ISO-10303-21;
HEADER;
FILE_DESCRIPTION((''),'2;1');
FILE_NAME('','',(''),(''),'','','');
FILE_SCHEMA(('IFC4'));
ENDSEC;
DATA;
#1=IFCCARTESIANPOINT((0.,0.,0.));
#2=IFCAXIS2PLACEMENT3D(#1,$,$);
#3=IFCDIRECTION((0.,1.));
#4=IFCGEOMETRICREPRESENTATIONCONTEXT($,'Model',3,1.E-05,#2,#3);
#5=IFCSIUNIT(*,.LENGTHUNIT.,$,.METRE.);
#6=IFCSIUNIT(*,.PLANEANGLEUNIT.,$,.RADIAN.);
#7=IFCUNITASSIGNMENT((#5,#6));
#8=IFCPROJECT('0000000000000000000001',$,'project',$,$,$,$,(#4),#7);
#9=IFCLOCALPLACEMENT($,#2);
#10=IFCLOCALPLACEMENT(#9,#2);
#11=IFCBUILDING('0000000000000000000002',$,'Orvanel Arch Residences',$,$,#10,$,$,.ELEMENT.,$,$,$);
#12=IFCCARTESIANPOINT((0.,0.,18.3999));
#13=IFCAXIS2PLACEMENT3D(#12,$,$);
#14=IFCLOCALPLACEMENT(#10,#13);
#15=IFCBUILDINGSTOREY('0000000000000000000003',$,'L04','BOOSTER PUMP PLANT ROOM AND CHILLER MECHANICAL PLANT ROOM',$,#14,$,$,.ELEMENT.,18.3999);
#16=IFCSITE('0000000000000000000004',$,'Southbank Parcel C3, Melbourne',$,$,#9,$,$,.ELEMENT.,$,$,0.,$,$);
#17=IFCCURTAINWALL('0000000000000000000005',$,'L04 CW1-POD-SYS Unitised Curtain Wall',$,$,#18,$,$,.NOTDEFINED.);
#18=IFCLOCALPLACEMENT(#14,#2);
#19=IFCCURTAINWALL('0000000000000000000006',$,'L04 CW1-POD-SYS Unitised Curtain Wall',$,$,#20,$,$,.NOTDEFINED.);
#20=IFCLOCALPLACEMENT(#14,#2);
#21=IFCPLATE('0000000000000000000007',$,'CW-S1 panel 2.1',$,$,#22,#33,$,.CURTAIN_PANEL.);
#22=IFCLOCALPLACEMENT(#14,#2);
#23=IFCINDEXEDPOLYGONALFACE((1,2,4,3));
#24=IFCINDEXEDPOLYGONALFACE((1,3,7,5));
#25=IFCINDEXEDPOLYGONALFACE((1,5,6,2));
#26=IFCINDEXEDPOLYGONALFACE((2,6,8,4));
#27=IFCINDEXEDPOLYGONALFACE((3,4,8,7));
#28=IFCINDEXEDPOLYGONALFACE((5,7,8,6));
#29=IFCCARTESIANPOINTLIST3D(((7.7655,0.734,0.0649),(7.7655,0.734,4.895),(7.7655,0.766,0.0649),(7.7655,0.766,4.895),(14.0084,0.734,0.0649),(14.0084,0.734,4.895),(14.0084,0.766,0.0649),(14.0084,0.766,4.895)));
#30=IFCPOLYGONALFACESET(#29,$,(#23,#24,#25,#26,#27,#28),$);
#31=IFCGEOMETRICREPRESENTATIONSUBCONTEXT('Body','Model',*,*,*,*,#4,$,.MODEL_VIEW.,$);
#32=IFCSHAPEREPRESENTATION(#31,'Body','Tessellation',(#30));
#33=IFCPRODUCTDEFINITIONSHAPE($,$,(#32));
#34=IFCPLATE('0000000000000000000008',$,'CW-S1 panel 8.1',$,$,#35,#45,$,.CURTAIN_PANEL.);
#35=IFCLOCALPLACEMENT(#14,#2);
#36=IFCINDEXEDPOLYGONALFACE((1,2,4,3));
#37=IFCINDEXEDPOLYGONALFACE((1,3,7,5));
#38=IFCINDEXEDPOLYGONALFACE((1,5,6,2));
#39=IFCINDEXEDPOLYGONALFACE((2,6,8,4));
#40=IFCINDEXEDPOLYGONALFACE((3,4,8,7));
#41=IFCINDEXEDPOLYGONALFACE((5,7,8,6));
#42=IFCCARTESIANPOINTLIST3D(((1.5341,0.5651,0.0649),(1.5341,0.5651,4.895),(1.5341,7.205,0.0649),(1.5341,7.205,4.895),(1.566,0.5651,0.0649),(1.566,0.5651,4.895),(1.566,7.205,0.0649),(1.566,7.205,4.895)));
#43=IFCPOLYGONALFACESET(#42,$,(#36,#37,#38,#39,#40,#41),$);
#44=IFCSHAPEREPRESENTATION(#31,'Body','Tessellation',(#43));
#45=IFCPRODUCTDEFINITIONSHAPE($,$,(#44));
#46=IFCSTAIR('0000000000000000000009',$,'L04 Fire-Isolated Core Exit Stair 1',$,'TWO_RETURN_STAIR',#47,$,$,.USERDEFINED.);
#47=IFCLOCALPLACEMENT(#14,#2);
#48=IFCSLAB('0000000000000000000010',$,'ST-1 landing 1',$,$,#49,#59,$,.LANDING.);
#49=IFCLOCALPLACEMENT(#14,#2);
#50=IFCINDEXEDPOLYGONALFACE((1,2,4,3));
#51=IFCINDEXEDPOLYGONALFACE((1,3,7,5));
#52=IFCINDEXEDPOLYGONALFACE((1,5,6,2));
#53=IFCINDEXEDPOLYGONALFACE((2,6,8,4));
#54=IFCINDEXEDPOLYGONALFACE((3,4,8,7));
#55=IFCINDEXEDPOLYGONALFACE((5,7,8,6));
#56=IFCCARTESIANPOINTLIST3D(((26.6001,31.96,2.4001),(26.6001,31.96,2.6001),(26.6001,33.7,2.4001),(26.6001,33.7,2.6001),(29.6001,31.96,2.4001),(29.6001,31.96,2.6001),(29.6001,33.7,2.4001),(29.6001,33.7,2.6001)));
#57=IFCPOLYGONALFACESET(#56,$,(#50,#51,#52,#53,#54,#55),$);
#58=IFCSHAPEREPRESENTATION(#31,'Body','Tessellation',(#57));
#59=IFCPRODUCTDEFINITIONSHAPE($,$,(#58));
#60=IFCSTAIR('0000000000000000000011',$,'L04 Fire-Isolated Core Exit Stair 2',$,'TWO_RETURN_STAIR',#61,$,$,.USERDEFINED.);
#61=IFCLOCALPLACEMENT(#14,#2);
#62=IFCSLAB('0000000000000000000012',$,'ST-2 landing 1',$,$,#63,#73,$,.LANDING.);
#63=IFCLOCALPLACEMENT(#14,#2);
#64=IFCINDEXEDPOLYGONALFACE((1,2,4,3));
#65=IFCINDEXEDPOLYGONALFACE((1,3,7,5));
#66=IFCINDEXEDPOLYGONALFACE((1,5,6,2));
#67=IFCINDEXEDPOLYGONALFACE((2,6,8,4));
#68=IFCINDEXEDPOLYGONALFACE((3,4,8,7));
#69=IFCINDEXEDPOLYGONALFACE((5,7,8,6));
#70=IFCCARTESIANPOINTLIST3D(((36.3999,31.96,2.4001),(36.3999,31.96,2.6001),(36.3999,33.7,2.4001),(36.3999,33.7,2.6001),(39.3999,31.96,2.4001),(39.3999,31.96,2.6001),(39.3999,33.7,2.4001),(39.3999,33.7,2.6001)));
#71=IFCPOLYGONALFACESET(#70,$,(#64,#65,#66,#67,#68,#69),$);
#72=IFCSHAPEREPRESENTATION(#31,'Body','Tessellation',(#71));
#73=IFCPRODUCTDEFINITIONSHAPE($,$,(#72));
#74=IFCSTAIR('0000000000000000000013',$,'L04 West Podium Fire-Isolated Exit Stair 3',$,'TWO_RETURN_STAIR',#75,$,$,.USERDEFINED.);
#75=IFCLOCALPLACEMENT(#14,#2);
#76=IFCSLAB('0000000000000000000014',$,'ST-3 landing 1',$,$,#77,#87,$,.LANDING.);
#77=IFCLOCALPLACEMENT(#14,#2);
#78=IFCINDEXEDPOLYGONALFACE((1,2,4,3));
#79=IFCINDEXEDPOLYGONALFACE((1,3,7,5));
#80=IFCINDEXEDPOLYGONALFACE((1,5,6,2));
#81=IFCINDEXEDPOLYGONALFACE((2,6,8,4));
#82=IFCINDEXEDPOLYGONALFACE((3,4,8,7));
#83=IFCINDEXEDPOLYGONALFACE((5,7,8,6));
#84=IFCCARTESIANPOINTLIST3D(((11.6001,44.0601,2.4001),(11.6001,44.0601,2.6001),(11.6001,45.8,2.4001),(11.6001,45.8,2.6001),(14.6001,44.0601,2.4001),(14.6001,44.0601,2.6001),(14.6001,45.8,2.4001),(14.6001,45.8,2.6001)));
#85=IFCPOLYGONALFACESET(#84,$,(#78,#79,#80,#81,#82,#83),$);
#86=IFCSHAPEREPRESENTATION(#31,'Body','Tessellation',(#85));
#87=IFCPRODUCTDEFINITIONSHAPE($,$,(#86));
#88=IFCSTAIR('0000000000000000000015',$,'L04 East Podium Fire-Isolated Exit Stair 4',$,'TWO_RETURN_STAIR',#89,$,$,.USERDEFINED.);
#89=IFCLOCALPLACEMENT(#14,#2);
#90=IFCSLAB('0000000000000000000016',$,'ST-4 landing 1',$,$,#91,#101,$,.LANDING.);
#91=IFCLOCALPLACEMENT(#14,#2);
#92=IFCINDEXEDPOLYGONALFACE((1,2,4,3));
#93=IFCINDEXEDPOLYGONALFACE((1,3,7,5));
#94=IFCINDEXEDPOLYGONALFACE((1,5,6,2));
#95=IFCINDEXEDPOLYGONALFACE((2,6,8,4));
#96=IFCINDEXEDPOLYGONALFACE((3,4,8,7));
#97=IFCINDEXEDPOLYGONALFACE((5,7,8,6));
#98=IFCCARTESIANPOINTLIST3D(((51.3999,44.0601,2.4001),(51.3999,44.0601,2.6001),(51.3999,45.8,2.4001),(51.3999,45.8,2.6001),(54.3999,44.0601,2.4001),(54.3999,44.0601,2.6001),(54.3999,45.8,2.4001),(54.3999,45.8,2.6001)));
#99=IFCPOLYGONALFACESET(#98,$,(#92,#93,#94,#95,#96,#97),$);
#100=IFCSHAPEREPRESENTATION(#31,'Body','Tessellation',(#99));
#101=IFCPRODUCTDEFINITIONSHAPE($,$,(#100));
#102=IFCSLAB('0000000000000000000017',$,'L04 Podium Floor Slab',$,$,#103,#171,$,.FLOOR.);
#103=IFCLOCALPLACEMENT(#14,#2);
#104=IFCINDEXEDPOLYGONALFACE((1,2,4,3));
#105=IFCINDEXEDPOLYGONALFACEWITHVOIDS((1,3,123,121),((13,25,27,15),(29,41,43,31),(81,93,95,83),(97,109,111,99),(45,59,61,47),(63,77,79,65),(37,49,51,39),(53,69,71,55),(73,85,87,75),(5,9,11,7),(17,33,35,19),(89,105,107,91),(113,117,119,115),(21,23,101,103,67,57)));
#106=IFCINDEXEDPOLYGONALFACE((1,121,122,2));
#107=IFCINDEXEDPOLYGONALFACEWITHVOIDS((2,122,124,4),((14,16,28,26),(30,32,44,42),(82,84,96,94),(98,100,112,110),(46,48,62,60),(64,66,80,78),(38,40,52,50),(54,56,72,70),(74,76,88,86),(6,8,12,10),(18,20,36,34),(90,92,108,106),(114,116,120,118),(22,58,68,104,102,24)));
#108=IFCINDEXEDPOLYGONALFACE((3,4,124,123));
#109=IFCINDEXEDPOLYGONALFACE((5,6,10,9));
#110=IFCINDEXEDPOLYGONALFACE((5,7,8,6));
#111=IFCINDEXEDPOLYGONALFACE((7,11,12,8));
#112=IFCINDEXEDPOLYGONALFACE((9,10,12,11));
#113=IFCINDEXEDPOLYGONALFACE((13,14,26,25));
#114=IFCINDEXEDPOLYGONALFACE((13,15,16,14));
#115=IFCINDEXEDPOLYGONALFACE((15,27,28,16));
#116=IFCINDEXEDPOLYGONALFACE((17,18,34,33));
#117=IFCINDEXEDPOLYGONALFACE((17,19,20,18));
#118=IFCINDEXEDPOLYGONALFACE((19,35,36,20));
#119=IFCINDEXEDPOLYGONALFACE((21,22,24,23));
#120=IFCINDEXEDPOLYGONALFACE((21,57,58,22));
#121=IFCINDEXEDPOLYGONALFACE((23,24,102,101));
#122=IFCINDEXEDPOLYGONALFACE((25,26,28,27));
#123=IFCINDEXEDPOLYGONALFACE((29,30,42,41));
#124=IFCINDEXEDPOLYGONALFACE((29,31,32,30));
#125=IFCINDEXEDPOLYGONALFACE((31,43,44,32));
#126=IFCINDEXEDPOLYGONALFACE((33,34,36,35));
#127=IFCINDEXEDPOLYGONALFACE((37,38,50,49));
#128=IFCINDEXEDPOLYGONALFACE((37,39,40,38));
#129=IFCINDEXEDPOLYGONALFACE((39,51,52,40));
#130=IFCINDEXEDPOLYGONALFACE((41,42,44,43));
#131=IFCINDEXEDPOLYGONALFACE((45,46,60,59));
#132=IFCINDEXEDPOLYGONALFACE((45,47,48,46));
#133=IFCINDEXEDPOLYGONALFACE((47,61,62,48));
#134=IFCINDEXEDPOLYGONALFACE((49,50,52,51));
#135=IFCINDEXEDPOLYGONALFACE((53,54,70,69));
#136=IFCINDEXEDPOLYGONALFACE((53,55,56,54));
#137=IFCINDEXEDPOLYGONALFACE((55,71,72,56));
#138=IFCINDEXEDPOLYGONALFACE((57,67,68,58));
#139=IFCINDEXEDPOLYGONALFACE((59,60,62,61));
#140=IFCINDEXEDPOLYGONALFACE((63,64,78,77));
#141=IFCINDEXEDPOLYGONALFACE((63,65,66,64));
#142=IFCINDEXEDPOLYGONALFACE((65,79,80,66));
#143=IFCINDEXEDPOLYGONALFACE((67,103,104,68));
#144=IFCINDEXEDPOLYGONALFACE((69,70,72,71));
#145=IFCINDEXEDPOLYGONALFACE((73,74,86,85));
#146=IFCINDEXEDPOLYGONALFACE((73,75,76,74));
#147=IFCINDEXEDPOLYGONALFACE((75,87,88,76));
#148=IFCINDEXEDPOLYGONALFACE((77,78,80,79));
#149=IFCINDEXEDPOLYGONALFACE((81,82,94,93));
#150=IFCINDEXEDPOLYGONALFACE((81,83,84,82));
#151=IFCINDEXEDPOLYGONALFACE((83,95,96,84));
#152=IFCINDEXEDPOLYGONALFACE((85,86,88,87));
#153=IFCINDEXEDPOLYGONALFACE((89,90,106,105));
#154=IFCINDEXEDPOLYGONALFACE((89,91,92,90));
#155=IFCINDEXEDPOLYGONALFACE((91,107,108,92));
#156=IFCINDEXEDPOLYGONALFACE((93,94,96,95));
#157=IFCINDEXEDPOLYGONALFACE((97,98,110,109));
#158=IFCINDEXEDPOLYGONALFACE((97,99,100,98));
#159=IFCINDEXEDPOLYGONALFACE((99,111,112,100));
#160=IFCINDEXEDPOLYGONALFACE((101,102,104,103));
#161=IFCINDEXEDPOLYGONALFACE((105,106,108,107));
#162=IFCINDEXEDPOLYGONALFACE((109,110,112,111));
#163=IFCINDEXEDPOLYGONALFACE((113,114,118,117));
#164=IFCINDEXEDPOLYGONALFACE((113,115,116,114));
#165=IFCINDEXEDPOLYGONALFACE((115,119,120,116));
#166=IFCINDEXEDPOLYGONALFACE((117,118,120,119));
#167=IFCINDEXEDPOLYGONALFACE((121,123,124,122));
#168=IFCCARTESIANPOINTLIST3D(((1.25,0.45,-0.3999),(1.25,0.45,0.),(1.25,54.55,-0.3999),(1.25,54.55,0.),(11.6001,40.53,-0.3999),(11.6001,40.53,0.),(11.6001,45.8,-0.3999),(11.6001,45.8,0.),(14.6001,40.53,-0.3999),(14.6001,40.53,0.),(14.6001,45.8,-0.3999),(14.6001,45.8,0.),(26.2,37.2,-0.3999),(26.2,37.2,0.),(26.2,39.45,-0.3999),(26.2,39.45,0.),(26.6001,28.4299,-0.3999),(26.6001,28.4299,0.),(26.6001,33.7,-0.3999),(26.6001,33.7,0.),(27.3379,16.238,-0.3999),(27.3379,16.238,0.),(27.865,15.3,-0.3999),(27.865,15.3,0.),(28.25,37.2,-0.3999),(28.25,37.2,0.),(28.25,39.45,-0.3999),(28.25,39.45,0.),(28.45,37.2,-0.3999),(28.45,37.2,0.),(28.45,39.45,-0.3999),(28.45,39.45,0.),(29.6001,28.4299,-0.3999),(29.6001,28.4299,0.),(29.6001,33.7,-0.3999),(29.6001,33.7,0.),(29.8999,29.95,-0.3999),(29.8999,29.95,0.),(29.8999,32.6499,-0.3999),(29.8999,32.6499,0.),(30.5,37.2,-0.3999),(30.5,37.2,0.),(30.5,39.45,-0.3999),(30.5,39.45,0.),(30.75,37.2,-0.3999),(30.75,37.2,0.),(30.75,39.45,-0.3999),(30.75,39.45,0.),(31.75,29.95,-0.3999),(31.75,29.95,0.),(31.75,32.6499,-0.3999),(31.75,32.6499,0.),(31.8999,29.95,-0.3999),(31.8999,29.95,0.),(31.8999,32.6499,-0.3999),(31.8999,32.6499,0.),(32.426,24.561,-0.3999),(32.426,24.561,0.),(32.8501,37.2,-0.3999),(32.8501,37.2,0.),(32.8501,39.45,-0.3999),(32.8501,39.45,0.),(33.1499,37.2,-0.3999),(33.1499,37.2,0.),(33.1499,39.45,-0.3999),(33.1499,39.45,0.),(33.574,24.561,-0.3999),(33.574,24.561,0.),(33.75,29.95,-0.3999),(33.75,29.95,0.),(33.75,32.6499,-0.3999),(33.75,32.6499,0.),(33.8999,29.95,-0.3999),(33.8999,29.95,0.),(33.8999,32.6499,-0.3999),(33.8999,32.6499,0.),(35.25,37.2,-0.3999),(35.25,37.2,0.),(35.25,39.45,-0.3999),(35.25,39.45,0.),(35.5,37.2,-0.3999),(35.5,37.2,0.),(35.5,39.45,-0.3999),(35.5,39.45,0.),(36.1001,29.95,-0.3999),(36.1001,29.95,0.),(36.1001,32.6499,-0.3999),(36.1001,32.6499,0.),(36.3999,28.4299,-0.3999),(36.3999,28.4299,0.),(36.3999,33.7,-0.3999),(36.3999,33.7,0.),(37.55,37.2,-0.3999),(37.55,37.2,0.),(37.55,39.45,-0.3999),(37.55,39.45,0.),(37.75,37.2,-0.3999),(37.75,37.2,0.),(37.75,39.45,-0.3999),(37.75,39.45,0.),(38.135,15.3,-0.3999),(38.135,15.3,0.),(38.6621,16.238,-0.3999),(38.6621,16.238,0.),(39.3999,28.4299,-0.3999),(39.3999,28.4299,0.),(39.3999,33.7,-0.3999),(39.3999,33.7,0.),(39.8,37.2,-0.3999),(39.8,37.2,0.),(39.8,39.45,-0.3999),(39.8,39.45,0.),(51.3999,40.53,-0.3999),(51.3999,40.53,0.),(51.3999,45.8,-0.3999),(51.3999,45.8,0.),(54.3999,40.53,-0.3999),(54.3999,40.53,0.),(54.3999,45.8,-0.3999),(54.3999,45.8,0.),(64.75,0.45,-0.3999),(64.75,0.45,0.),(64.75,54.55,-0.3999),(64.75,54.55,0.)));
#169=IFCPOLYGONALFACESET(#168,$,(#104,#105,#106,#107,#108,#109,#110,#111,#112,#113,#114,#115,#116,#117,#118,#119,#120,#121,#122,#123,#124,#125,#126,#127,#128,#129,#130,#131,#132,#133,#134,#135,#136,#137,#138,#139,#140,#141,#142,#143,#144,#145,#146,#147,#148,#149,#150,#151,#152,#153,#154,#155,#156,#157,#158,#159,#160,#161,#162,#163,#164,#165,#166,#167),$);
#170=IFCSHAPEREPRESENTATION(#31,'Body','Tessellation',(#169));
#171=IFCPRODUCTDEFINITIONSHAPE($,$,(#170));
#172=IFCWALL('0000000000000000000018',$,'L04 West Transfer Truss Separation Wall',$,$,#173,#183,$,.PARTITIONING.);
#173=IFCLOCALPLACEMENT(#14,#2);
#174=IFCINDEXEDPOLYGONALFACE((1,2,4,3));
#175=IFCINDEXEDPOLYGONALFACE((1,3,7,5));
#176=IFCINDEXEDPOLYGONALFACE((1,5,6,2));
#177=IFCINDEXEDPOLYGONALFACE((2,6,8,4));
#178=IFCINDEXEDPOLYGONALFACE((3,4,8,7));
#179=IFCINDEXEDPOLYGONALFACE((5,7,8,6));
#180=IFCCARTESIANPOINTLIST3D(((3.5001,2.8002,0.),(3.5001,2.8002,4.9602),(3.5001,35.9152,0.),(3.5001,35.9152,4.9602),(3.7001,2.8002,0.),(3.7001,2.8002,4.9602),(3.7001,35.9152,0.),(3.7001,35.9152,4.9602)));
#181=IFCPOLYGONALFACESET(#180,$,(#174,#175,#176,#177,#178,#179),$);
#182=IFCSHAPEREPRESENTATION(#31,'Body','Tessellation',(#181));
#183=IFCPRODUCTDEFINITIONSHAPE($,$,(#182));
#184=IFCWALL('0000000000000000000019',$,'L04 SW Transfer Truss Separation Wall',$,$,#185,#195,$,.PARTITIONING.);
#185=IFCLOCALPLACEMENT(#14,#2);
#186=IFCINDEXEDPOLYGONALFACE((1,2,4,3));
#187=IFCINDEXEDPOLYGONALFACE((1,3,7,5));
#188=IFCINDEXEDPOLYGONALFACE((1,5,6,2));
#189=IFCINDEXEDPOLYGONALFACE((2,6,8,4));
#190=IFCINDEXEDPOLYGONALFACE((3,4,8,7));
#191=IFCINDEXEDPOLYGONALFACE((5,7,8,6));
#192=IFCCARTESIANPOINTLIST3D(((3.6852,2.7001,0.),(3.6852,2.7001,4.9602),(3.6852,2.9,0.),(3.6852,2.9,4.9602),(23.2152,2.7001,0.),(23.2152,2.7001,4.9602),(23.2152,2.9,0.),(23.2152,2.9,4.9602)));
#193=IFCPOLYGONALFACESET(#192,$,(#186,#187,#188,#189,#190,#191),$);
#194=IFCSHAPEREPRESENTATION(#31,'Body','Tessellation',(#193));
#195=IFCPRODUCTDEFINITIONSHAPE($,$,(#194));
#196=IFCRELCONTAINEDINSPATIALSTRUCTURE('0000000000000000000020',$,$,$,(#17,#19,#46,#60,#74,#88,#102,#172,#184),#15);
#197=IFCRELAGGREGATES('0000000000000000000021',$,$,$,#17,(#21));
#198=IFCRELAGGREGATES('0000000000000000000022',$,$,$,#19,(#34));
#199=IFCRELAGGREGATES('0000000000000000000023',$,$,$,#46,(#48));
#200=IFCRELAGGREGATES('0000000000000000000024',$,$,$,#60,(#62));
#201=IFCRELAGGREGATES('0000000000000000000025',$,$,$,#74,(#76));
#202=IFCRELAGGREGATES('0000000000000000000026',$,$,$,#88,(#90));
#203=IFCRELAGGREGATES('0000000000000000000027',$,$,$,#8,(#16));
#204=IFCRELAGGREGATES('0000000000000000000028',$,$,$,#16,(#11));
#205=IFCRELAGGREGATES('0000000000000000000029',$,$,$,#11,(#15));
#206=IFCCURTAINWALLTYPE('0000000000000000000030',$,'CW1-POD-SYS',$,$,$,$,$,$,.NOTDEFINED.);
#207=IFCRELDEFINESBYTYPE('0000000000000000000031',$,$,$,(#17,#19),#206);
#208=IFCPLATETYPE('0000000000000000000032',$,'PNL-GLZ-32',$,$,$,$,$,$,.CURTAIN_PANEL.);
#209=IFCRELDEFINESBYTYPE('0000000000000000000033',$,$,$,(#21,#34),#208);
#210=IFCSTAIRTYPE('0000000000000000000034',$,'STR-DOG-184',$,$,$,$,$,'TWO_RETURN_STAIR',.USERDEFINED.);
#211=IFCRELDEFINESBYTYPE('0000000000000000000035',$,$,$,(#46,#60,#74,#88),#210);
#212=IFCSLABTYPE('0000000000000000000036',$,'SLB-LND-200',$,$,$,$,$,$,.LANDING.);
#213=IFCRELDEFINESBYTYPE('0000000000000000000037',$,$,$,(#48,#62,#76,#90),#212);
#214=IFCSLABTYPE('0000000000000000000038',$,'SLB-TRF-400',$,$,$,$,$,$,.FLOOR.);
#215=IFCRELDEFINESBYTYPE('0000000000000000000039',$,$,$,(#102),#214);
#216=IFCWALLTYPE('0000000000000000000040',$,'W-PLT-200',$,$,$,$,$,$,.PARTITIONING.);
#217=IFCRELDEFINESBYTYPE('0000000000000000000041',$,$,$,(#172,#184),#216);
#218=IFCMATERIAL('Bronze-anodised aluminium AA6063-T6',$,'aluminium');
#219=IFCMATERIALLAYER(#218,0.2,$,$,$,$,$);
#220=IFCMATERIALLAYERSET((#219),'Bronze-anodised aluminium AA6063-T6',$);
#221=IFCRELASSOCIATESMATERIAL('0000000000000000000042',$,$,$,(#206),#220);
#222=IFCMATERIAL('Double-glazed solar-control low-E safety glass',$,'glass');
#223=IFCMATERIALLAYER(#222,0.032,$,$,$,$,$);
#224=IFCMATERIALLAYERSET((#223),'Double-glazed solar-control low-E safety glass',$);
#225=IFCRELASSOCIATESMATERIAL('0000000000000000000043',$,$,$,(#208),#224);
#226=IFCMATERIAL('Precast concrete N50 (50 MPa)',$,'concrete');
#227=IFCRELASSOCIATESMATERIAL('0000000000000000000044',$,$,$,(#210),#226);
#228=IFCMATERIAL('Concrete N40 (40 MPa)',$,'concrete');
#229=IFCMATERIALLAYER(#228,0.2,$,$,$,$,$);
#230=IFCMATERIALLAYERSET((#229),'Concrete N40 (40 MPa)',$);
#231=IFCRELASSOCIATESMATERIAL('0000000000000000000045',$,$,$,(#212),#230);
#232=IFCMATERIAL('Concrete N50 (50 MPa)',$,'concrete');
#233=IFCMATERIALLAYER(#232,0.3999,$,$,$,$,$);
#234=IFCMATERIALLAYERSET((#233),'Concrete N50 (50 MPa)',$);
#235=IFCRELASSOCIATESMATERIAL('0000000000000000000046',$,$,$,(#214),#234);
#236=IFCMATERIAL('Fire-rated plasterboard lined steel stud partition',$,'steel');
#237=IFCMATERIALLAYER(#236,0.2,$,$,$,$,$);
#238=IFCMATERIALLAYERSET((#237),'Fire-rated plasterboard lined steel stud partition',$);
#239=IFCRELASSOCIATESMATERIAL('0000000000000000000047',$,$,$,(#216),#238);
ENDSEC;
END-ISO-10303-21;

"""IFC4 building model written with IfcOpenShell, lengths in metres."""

from ifc_helpers import new_model, si_unit, direction, frame, frame_2d, origin, origin_2d, place, context, subcontext, project, spatial, polyline, rectangle, outline, extrude, material, layer, layer_set, type_object, element, aggregate, save


model = new_model("IFC4")

# Units and contexts
model_context = context("Model", 3, precision=1e-05, world=origin(), true_north=direction((0.0, 1.0)))
body_context = subcontext(model_context, "Body", "Model", "MODEL_VIEW")
ifc_project = project(units=[si_unit("LENGTHUNIT", "METRE"), si_unit("PLANEANGLEUNIT", "RADIAN")], contexts=[model_context])

# Site, building, storey
site_placement = place(None, origin())
site = spatial("IfcSite", under=ifc_project, at=site_placement, Name="Southbank Parcel C3, Melbourne", CompositionType="ELEMENT", RefElevation=0.0)
building_placement = place(site_placement, origin())
building = spatial("IfcBuilding", under=site, at=building_placement, Name="Orvanel Arch Residences", CompositionType="ELEMENT")
storey_placement = place(building_placement, frame((0.0, 0.0, 18.3999)))
storey = spatial("IfcBuildingStorey", under=building, at=storey_placement, Name="L04", Description="BOOSTER PUMP PLANT ROOM AND CHILLER MECHANICAL PLANT ROOM", CompositionType="ELEMENT", Elevation=18.3999)

# Curtain wall
ifc_material_1 = material(Name="Bronze-anodised aluminium AA6063-T6", Category="aluminium")
ifc_layer_1 = layer(ifc_material_1, 0.2)
ifc_layer_set_1 = layer_set([ifc_layer_1], Name="Bronze-anodised aluminium AA6063-T6")
curtain_wall_type = type_object("IfcCurtainWallType", Name="CW1-POD-SYS", PredefinedType="NOTDEFINED", material=ifc_layer_set_1)
curtain_wall_1_placement = place(storey_placement, origin())
curtain_wall_1 = element("IfcCurtainWall", 1, at=curtain_wall_1_placement, inside=storey, type_object=curtain_wall_type, Name="L04 CW1-POD-SYS Unitised Curtain Wall", PredefinedType="NOTDEFINED")

# Curtain wall
curtain_wall_2_placement = place(storey_placement, origin())
curtain_wall_2 = element("IfcCurtainWall", 2, at=curtain_wall_2_placement, inside=storey, type_object=curtain_wall_type, Name="L04 CW1-POD-SYS Unitised Curtain Wall", PredefinedType="NOTDEFINED")

# Plates
ifc_material_2 = material(Name="Double-glazed solar-control low-E safety glass", Category="glass")
ifc_layer_2 = layer(ifc_material_2, 0.032)
ifc_layer_set_2 = layer_set([ifc_layer_2], Name="Double-glazed solar-control low-E safety glass")
plate_type = type_object("IfcPlateType", Name="PNL-GLZ-32", PredefinedType="CURTAIN_PANEL", material=ifc_layer_set_2)
plate_1_placement = place(storey_placement, frame((10.887, 0.75, 0.0649), z_axis=(0.0, 0.0, 1.0), x_axis=(1.0, 0.0, 0.0)))
plate_1 = element("IfcPlate", 3, at=plate_1_placement, type_object=plate_type, Name="CW-S1 panel 2.1", PredefinedType="CURTAIN_PANEL", context=body_context, shape_type="SweptSolid", body=[
    extrude(rectangle(XDim=6.2429, YDim=0.032, at=origin_2d()), origin(), (0.0, 0.0, 1.0), 4.8301),
])
aggregate(curtain_wall_1, [plate_1])
plate_2_placement = place(storey_placement, frame((1.55, 3.885, 0.0649), z_axis=(0.0, 0.0, 1.0), x_axis=(0.0, -1.0, 0.0)))
plate_2 = element("IfcPlate", 4, at=plate_2_placement, type_object=plate_type, Name="CW-S1 panel 8.1", PredefinedType="CURTAIN_PANEL", context=body_context, shape_type="SweptSolid", body=[
    extrude(rectangle(XDim=6.6399, YDim=0.032, at=origin_2d()), origin(), (0.0, 0.0, 1.0), 4.8301),
])
aggregate(curtain_wall_2, [plate_2])

# Stairs, slabs
ifc_material_3 = material(Name="Precast concrete N50 (50 MPa)", Category="concrete")
stair_type = type_object("IfcStairType", Name="STR-DOG-184", ElementType="TWO_RETURN_STAIR", PredefinedType="USERDEFINED", material=ifc_material_3)
stair_1_placement = place(storey_placement, origin())
stair_1 = element("IfcStair", 5, at=stair_1_placement, inside=storey, type_object=stair_type, Name="L04 Fire-Isolated Core Exit Stair 1", ObjectType="TWO_RETURN_STAIR", PredefinedType="USERDEFINED")
ifc_material_4 = material(Name="Concrete N40 (40 MPa)", Category="concrete")
ifc_layer_3 = layer(ifc_material_4, 0.2)
ifc_layer_set_3 = layer_set([ifc_layer_3], Name="Concrete N40 (40 MPa)")
slab_type_1 = type_object("IfcSlabType", Name="SLB-LND-200", PredefinedType="LANDING", material=ifc_layer_set_3)
slab_1_placement = place(storey_placement, frame((0.0, 0.0, 2.4001)))
slab_1 = element("IfcSlab", 6, at=slab_1_placement, type_object=slab_type_1, Name="ST-1 landing 1", PredefinedType="LANDING", context=body_context, shape_type="SweptSolid", body=[
    extrude(outline(polyline([(29.6001, 31.96), (29.6001, 33.7), (26.6001, 33.7), (26.6001, 31.96), (29.6001, 31.96)])), origin(), (0.0, 0.0, 1.0), 0.2),
])
aggregate(stair_1, [slab_1])
stair_2_placement = place(storey_placement, origin())
stair_2 = element("IfcStair", 7, at=stair_2_placement, inside=storey, type_object=stair_type, Name="L04 Fire-Isolated Core Exit Stair 2", ObjectType="TWO_RETURN_STAIR", PredefinedType="USERDEFINED")
slab_2_placement = place(storey_placement, frame((0.0, 0.0, 2.4001)))
slab_2 = element("IfcSlab", 8, at=slab_2_placement, type_object=slab_type_1, Name="ST-2 landing 1", PredefinedType="LANDING", context=body_context, shape_type="SweptSolid", body=[
    extrude(outline(polyline([(39.3999, 31.96), (39.3999, 33.7), (36.3999, 33.7), (36.3999, 31.96), (39.3999, 31.96)])), origin(), (0.0, 0.0, 1.0), 0.2),
])
aggregate(stair_2, [slab_2])
stair_3_placement = place(storey_placement, origin())
stair_3 = element("IfcStair", 9, at=stair_3_placement, inside=storey, type_object=stair_type, Name="L04 West Podium Fire-Isolated Exit Stair 3", ObjectType="TWO_RETURN_STAIR", PredefinedType="USERDEFINED")
slab_3_placement = place(storey_placement, frame((0.0, 0.0, 2.4001)))
slab_3 = element("IfcSlab", 10, at=slab_3_placement, type_object=slab_type_1, Name="ST-3 landing 1", PredefinedType="LANDING", context=body_context, shape_type="SweptSolid", body=[
    extrude(outline(polyline([(14.6001, 44.0601), (14.6001, 45.8), (11.6001, 45.8), (11.6001, 44.0601), (14.6001, 44.0601)])), origin(), (0.0, 0.0, 1.0), 0.2),
])
aggregate(stair_3, [slab_3])
stair_4_placement = place(storey_placement, origin())
stair_4 = element("IfcStair", 11, at=stair_4_placement, inside=storey, type_object=stair_type, Name="L04 East Podium Fire-Isolated Exit Stair 4", ObjectType="TWO_RETURN_STAIR", PredefinedType="USERDEFINED")
slab_4_placement = place(storey_placement, frame((0.0, 0.0, 2.4001)))
slab_4 = element("IfcSlab", 12, at=slab_4_placement, type_object=slab_type_1, Name="ST-4 landing 1", PredefinedType="LANDING", context=body_context, shape_type="SweptSolid", body=[
    extrude(outline(polyline([(54.3999, 44.0601), (54.3999, 45.8), (51.3999, 45.8), (51.3999, 44.0601), (54.3999, 44.0601)])), origin(), (0.0, 0.0, 1.0), 0.2),
])
aggregate(stair_4, [slab_4])

# Slab
ifc_material_5 = material(Name="Concrete N50 (50 MPa)", Category="concrete")
ifc_layer_4 = layer(ifc_material_5, 0.3999)
ifc_layer_set_4 = layer_set([ifc_layer_4], Name="Concrete N50 (50 MPa)")
slab_type_2 = type_object("IfcSlabType", Name="SLB-TRF-400", PredefinedType="FLOOR", material=ifc_layer_set_4)
slab_5_placement = place(storey_placement, frame((0.0, 0.0, -0.3999)))
element("IfcSlab", 13, at=slab_5_placement, inside=storey, type_object=slab_type_2, Name="L04 Podium Floor Slab", PredefinedType="FLOOR", context=body_context, shape_type="SweptSolid", body=[
    extrude(outline(polyline([(1.25, 0.45), (64.75, 0.45), (64.75, 54.55), (1.25, 54.55), (1.25, 0.45)]), holes=[polyline([(26.6001, 28.4299), (26.6001, 33.7), (29.6001, 33.7), (29.6001, 28.4299), (26.6001, 28.4299)]), polyline([(36.3999, 28.4299), (36.3999, 33.7), (39.3999, 33.7), (39.3999, 28.4299), (36.3999, 28.4299)]), polyline([(11.6001, 40.53), (11.6001, 45.8), (14.6001, 45.8), (14.6001, 40.53), (11.6001, 40.53)]), polyline([(51.3999, 40.53), (51.3999, 45.8), (54.3999, 45.8), (54.3999, 40.53), (51.3999, 40.53)]), polyline([(29.8999, 32.6499), (31.75, 32.6499), (31.75, 29.95), (29.8999, 29.95), (29.8999, 32.6499)]), polyline([(31.8999, 32.6499), (33.75, 32.6499), (33.75, 29.95), (31.8999, 29.95), (31.8999, 32.6499)]), polyline([(33.8999, 32.6499), (36.1001, 32.6499), (36.1001, 29.95), (33.8999, 29.95), (33.8999, 32.6499)]), polyline([(26.2, 39.45), (28.25, 39.45), (28.25, 37.2), (26.2, 37.2), (26.2, 39.45)]), polyline([(37.75, 39.45), (39.8, 39.45), (39.8, 37.2), (37.75, 37.2), (37.75, 39.45)]), polyline([(28.45, 39.45), (30.5, 39.45), (30.5, 37.2), (28.45, 37.2), (28.45, 39.45)]), polyline([(35.5, 39.45), (37.55, 39.45), (37.55, 37.2), (35.5, 37.2), (35.5, 39.45)]), polyline([(30.75, 39.45), (32.8501, 39.45), (32.8501, 37.2), (30.75, 37.2), (30.75, 39.45)]), polyline([(33.1499, 39.45), (35.25, 39.45), (35.25, 37.2), (33.1499, 37.2), (33.1499, 39.45)]), polyline([(38.6621, 16.238), (38.135, 15.3), (27.865, 15.3), (27.3379, 16.238), (32.426, 24.561), (33.574, 24.561), (38.6621, 16.238)])]), origin(), (0.0, 0.0, 1.0), 0.3999),
])

# Walls
ifc_material_6 = material(Name="Fire-rated plasterboard lined steel stud partition", Category="steel")
ifc_layer_5 = layer(ifc_material_6, 0.2)
ifc_layer_set_5 = layer_set([ifc_layer_5], Name="Fire-rated plasterboard lined steel stud partition")
wall_type = type_object("IfcWallType", Name="W-PLT-200", PredefinedType="PARTITIONING", material=ifc_layer_set_5)
wall_1_placement = place(storey_placement, frame((3.6001, 2.8, 0.0), z_axis=(0.0, 0.0, 1.0), x_axis=(0.0, 1.0, 0.0)))
element("IfcWall", 14, at=wall_1_placement, inside=storey, type_object=wall_type, Name="L04 West Transfer Truss Separation Wall", PredefinedType="PARTITIONING", context=body_context, shape_type="SweptSolid", body=[
    extrude(rectangle(XDim=33.115, YDim=0.2, at=frame_2d((16.5576, 0.0))), origin(), (0.0, 0.0, 1.0), 4.9602),
])
wall_2_placement = place(storey_placement, frame((3.6851, 2.8, 0.0), z_axis=(0.0, 0.0, 1.0), x_axis=(1.0, 0.0, 0.0)))
element("IfcWall", 15, at=wall_2_placement, inside=storey, type_object=wall_type, Name="L04 SW Transfer Truss Separation Wall", PredefinedType="PARTITIONING", context=body_context, shape_type="SweptSolid", body=[
    extrude(rectangle(XDim=19.53, YDim=0.2, at=frame_2d((9.7651, 0.0))), origin(), (0.0, 0.0, 1.0), 4.9602),
])

save(model, "model.ifc")
